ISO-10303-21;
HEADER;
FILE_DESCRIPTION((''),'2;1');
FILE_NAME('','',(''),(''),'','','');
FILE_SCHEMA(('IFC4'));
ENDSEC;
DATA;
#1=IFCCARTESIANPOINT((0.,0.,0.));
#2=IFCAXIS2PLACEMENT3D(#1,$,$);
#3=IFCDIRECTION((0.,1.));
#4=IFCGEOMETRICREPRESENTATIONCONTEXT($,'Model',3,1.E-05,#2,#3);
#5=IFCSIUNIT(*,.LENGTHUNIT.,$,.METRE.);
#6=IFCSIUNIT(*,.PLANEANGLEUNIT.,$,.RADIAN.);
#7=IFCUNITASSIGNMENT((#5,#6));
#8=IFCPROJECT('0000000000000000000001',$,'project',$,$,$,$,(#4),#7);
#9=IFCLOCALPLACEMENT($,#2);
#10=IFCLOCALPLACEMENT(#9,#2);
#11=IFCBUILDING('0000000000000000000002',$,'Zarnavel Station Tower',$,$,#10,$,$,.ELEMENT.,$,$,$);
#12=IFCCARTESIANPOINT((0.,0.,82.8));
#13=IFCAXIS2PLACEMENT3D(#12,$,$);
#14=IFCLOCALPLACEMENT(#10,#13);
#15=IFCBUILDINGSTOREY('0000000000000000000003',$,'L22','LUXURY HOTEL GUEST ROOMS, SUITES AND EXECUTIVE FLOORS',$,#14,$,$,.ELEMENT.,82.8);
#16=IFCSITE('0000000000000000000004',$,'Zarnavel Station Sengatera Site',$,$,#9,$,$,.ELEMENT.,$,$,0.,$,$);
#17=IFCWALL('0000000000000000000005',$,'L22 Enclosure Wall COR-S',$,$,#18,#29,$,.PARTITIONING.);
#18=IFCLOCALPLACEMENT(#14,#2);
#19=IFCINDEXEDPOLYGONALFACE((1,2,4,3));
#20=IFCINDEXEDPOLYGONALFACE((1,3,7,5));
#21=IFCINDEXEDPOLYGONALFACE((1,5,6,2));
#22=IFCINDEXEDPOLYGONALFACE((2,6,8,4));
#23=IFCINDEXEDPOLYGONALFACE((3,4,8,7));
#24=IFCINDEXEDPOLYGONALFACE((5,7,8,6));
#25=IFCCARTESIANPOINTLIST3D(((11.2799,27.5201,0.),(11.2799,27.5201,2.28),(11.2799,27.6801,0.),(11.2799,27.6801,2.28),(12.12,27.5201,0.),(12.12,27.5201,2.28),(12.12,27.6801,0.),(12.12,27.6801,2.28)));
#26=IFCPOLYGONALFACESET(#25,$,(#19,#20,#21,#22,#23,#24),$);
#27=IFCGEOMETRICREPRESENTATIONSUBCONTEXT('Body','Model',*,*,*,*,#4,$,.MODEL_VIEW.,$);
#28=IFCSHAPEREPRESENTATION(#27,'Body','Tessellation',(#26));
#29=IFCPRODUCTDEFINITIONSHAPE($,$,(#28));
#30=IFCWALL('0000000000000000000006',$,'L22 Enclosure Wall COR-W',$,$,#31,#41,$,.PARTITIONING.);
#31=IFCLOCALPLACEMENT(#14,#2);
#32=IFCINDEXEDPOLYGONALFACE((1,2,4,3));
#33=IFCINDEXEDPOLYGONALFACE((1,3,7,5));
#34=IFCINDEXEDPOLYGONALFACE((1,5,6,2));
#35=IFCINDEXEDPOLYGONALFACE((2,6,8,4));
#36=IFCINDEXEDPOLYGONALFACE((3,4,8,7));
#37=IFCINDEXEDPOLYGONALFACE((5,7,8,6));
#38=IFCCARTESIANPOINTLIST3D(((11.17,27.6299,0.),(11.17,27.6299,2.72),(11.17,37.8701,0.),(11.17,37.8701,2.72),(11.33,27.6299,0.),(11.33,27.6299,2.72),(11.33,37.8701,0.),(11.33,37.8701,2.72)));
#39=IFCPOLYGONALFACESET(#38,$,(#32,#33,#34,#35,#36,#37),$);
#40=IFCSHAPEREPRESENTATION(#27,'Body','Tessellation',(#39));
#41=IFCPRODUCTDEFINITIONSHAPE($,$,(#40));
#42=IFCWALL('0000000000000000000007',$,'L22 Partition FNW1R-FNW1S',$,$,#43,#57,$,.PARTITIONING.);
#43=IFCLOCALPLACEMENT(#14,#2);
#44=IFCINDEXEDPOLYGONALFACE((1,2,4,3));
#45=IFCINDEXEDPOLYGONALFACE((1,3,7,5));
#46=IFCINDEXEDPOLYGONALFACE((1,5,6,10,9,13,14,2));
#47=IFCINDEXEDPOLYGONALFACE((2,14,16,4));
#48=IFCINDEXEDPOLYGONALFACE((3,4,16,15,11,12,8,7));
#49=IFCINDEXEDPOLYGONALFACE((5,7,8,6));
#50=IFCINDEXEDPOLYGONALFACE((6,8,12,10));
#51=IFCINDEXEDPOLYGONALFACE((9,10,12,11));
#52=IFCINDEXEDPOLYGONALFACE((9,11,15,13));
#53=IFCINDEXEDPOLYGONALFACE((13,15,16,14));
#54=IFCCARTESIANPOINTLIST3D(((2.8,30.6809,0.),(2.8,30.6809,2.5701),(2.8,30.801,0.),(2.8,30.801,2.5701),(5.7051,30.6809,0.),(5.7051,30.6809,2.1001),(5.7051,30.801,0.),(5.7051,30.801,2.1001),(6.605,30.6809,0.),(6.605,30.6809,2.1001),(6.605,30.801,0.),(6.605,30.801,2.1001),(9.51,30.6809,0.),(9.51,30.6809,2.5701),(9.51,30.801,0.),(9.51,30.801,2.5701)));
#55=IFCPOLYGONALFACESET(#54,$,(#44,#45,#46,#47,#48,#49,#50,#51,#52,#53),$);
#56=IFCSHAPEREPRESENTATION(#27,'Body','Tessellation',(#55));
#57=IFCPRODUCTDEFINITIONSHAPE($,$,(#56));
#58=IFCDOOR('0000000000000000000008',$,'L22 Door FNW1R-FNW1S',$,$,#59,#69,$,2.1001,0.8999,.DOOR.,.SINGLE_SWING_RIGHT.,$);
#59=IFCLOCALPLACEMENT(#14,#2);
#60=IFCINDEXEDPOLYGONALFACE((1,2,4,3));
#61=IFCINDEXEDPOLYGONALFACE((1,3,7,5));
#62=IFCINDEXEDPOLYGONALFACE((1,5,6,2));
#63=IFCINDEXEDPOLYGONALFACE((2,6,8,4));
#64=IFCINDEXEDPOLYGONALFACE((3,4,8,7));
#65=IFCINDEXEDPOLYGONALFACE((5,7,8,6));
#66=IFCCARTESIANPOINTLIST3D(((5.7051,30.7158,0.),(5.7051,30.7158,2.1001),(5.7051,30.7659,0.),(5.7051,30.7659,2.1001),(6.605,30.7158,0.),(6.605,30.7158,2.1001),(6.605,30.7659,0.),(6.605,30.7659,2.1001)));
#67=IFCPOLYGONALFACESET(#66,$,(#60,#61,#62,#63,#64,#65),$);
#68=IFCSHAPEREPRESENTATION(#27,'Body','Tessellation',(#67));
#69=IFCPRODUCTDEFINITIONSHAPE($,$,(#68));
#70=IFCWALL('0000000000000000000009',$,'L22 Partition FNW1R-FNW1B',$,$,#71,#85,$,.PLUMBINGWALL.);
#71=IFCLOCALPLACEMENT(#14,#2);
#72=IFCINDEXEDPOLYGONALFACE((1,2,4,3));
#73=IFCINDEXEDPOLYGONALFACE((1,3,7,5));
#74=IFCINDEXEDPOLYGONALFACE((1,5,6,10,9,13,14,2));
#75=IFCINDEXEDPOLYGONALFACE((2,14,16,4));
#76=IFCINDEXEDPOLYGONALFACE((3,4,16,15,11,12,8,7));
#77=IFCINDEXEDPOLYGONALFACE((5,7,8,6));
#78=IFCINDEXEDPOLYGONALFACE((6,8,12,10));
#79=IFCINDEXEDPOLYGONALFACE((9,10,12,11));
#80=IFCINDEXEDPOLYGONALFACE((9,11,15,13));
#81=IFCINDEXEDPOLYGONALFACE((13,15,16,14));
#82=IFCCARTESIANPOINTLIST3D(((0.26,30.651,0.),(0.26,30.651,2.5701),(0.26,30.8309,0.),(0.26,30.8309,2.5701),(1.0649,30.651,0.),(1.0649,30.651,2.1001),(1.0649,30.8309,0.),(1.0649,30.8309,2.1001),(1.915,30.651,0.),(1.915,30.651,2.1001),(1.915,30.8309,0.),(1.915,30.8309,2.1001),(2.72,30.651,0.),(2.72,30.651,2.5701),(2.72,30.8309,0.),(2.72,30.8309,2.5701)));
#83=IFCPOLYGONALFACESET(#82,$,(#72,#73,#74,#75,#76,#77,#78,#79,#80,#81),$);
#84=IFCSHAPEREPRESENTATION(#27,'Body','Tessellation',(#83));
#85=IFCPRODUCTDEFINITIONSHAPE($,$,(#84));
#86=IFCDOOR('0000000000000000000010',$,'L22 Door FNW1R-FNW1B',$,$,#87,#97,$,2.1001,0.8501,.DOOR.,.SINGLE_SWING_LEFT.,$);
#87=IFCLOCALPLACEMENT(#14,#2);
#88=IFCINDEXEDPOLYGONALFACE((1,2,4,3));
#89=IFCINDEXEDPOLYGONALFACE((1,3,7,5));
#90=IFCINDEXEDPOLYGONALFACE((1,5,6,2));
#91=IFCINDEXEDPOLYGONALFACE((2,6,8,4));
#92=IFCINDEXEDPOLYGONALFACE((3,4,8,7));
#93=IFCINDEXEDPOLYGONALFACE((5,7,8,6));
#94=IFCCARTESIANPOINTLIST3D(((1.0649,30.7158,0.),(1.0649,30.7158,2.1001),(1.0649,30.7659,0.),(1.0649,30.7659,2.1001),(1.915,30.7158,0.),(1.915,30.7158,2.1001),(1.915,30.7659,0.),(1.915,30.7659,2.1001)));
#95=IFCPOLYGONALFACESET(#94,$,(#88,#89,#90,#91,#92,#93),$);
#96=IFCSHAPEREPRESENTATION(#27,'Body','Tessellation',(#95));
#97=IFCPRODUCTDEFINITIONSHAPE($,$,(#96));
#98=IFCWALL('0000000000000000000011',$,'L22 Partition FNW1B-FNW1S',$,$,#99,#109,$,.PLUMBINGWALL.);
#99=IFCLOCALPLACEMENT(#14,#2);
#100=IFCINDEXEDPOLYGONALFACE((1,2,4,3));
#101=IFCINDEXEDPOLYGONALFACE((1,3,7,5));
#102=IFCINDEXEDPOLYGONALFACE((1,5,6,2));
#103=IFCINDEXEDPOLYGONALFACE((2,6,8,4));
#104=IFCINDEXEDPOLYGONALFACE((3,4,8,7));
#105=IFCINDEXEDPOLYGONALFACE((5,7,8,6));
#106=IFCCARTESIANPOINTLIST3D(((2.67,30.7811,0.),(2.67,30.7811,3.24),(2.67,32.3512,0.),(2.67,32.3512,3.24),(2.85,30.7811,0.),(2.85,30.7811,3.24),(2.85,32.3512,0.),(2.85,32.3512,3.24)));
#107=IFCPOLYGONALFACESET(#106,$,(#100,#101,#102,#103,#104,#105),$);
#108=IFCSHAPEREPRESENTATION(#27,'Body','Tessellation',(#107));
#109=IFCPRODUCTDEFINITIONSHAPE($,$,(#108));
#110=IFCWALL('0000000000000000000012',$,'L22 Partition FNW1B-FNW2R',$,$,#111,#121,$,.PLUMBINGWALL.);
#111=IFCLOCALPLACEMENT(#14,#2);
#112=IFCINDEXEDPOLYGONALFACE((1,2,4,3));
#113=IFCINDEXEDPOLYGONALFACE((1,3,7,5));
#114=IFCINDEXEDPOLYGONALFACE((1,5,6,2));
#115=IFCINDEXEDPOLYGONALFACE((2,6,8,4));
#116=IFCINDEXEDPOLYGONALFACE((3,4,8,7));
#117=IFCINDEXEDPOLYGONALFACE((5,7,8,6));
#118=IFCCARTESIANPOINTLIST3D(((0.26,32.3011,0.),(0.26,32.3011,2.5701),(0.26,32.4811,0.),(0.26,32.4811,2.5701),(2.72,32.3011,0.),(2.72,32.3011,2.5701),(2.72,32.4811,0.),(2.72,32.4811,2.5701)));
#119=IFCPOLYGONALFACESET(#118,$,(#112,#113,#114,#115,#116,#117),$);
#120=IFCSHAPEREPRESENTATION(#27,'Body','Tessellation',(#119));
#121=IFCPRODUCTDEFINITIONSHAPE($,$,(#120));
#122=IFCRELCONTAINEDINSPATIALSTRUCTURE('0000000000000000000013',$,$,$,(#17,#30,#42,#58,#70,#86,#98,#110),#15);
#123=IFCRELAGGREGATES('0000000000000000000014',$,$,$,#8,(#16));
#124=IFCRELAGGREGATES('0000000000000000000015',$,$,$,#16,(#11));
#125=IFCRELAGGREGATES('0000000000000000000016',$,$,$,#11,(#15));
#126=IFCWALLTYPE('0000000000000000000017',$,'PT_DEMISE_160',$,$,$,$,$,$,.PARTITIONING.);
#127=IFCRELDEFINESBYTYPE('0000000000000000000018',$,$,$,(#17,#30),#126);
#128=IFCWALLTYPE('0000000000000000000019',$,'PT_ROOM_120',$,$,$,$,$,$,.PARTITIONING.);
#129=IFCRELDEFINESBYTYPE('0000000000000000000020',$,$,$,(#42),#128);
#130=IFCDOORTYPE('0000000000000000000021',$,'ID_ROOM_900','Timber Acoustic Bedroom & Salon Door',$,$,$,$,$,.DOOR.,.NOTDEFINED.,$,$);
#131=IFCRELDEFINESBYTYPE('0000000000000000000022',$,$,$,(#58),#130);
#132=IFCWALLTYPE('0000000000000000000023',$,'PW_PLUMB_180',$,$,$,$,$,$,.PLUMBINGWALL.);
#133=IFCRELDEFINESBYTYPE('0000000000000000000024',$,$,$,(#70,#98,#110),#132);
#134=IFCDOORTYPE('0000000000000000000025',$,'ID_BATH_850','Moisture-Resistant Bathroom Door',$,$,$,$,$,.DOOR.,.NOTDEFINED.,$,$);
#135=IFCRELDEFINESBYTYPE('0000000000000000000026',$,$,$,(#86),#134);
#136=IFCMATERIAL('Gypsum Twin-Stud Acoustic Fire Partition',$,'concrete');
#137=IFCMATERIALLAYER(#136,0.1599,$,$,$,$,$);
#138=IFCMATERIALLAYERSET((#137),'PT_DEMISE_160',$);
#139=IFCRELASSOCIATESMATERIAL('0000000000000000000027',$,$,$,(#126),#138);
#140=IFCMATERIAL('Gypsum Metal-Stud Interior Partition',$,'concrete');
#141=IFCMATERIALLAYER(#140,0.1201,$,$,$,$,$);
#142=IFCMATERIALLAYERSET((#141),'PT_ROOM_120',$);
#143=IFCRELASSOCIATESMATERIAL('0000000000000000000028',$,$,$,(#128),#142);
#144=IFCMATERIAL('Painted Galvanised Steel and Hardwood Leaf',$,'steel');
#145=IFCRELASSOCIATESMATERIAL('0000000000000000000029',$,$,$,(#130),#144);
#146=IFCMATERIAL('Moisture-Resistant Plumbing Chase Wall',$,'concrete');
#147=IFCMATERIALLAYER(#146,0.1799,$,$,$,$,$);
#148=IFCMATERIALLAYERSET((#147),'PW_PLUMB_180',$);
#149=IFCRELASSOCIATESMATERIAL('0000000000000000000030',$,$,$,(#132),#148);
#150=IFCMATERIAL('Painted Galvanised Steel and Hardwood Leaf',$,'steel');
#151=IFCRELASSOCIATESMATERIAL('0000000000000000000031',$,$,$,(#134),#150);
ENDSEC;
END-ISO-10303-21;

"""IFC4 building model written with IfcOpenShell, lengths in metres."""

from ifc_helpers import new_model, si_unit, direction, frame, frame_2d, origin, place, context, subcontext, project, spatial, rectangle, extrude, material, layer, layer_set, type_object, element, fill, save


model = new_model("IFC4")

# Units and contexts
model_context = context("Model", 3, precision=1e-05, world=origin(), true_north=direction((0.0, 1.0)))
body_context = subcontext(model_context, "Body", "Model", "MODEL_VIEW")
ifc_project = project(units=[si_unit("LENGTHUNIT", "METRE"), si_unit("PLANEANGLEUNIT", "RADIAN")], contexts=[model_context])

# Site, building, storey
site_placement = place(None, origin())
site = spatial("IfcSite", under=ifc_project, at=site_placement, Name="Zarnavel Station Sengatera Site", CompositionType="ELEMENT", RefElevation=0.0)
building_placement = place(site_placement, origin())
building = spatial("IfcBuilding", under=site, at=building_placement, Name="Zarnavel Station Tower", CompositionType="ELEMENT")
storey_placement = place(building_placement, frame((0.0, 0.0, 82.8)))
storey = spatial("IfcBuildingStorey", under=building, at=storey_placement, Name="L22", Description="LUXURY HOTEL GUEST ROOMS, SUITES AND EXECUTIVE FLOORS", CompositionType="ELEMENT", Elevation=82.8)

# Shared definitions
ifc_material_1 = material(Name="Gypsum Twin-Stud Acoustic Fire Partition", Category="concrete")
ifc_layer_1 = layer(ifc_material_1, 0.1599)
ifc_layer_set_1 = layer_set([ifc_layer_1], Name="PT_DEMISE_160")
wall_type_1 = type_object("IfcWallType", Name="PT_DEMISE_160", PredefinedType="PARTITIONING", material=ifc_layer_set_1)

# Walls
wall_1_placement = place(storey_placement, frame((11.28, 27.6001, 0.0), z_axis=(0.0, 0.0, 1.0), x_axis=(1.0, 0.0, 0.0)))
element("IfcWall", 1, at=wall_1_placement, inside=storey, type_object=wall_type_1, Name="L22 Enclosure Wall COR-S", PredefinedType="PARTITIONING", context=body_context, shape_type="SweptSolid", body=[
    extrude(rectangle(XDim=0.8401, YDim=0.1599, at=frame_2d((0.4199, 0.0))), origin(), (0.0, 0.0, 1.0), 2.28),
])
wall_2_placement = place(storey_placement, frame((11.25, 27.6299, 0.0), z_axis=(0.0, 0.0, 1.0), x_axis=(0.0, 1.0, 0.0)))
element("IfcWall", 2, at=wall_2_placement, inside=storey, type_object=wall_type_1, Name="L22 Enclosure Wall COR-W", PredefinedType="PARTITIONING", context=body_context, shape_type="SweptSolid", body=[
    extrude(rectangle(XDim=10.2402, YDim=0.1599, at=frame_2d((5.1201, 0.0))), origin(), (0.0, 0.0, 1.0), 2.72),
])

# Walls, openings, doors
ifc_material_2 = material(Name="Gypsum Metal-Stud Interior Partition", Category="concrete")
ifc_layer_2 = layer(ifc_material_2, 0.1201)
ifc_layer_set_2 = layer_set([ifc_layer_2], Name="PT_ROOM_120")
wall_type_2 = type_object("IfcWallType", Name="PT_ROOM_120", PredefinedType="PARTITIONING", material=ifc_layer_set_2)
wall_3_placement = place(storey_placement, frame((2.8, 30.741, 0.0), z_axis=(0.0, 0.0, 1.0), x_axis=(1.0, 0.0, 0.0)))
wall_3 = element("IfcWall", 3, at=wall_3_placement, inside=storey, type_object=wall_type_2, Name="L22 Partition FNW1R-FNW1S", PredefinedType="PARTITIONING", context=body_context, shape_type="SweptSolid", body=[
    extrude(rectangle(XDim=6.71, YDim=0.1201, at=frame_2d((3.355, 0.0))), origin(), (0.0, 0.0, 1.0), 2.5701),
])
opening_1_placement = place(wall_3_placement, frame((2.905, 0.0, 0.0)))
opening_1 = element("IfcOpeningElement", 4, at=opening_1_placement, cuts=wall_3, PredefinedType="OPENING", context=body_context, shape_type="SweptSolid", body=[
    extrude(rectangle(XDim=0.8999, YDim=2.1001, at=frame_2d((0.45, 1.05))), frame((0.0, 0.0701, 0.0), z_axis=(0.0, -1.0, 0.0), x_axis=(1.0, 0.0, 0.0)), (0.0, 0.0, 1.0), 0.1401),
])
ifc_material_3 = material(Name="Painted Galvanised Steel and Hardwood Leaf", Category="steel")
door_type_1 = type_object("IfcDoorType", Name="ID_ROOM_900", Description="Timber Acoustic Bedroom & Salon Door", OperationType="NOTDEFINED", PredefinedType="DOOR", material=ifc_material_3)
door_1_placement = place(opening_1_placement, origin())
door_1 = element("IfcDoor", 5, at=door_1_placement, inside=storey, type_object=door_type_1, Name="L22 Door FNW1R-FNW1S", OperationType="SINGLE_SWING_RIGHT", OverallHeight=2.1001, OverallWidth=0.8999, PredefinedType="DOOR", context=body_context, shape_type="SweptSolid", body=[
    extrude(rectangle(XDim=0.8999, YDim=2.1001, at=frame_2d((0.45, 1.05))), frame((0.0, 0.0249, 0.0), z_axis=(0.0, -1.0, 0.0), x_axis=(1.0, 0.0, 0.0)), (0.0, 0.0, 1.0), 0.05),
])
fill(opening_1, door_1)
ifc_material_4 = material(Name="Moisture-Resistant Plumbing Chase Wall", Category="concrete")
ifc_layer_3 = layer(ifc_material_4, 0.1799)
ifc_layer_set_3 = layer_set([ifc_layer_3], Name="PW_PLUMB_180")
wall_type_3 = type_object("IfcWallType", Name="PW_PLUMB_180", PredefinedType="PLUMBINGWALL", material=ifc_layer_set_3)
wall_4_placement = place(storey_placement, frame((0.26, 30.741, 0.0), z_axis=(0.0, 0.0, 1.0), x_axis=(1.0, 0.0, 0.0)))
wall_4 = element("IfcWall", 6, at=wall_4_placement, inside=storey, type_object=wall_type_3, Name="L22 Partition FNW1R-FNW1B", PredefinedType="PLUMBINGWALL", context=body_context, shape_type="SweptSolid", body=[
    extrude(rectangle(XDim=2.46, YDim=0.1799, at=frame_2d((1.23, 0.0))), origin(), (0.0, 0.0, 1.0), 2.5701),
])
opening_2_placement = place(wall_4_placement, frame((0.8049, 0.0, 0.0)))
opening_2 = element("IfcOpeningElement", 7, at=opening_2_placement, cuts=wall_4, PredefinedType="OPENING", context=body_context, shape_type="SweptSolid", body=[
    extrude(rectangle(XDim=0.8501, YDim=2.1001, at=frame_2d((0.425, 1.05))), frame((0.0, 0.0999, 0.0), z_axis=(0.0, -1.0, 0.0), x_axis=(1.0, 0.0, 0.0)), (0.0, 0.0, 1.0), 0.2),
])
ifc_material_5 = material(Name="Painted Galvanised Steel and Hardwood Leaf", Category="steel")
door_type_2 = type_object("IfcDoorType", Name="ID_BATH_850", Description="Moisture-Resistant Bathroom Door", OperationType="NOTDEFINED", PredefinedType="DOOR", material=ifc_material_5)
door_2_placement = place(opening_2_placement, origin())
door_2 = element("IfcDoor", 8, at=door_2_placement, inside=storey, type_object=door_type_2, Name="L22 Door FNW1R-FNW1B", OperationType="SINGLE_SWING_LEFT", OverallHeight=2.1001, OverallWidth=0.8501, PredefinedType="DOOR", context=body_context, shape_type="SweptSolid", body=[
    extrude(rectangle(XDim=0.8501, YDim=2.1001, at=frame_2d((0.425, 1.05))), frame((0.0, 0.0249, 0.0), z_axis=(0.0, -1.0, 0.0), x_axis=(1.0, 0.0, 0.0)), (0.0, 0.0, 1.0), 0.05),
])
fill(opening_2, door_2)

# Walls
wall_5_placement = place(storey_placement, frame((2.76, 30.781, 0.0), z_axis=(0.0, 0.0, 1.0), x_axis=(0.0, 1.0, 0.0)))
element("IfcWall", 9, at=wall_5_placement, inside=storey, type_object=wall_type_3, Name="L22 Partition FNW1B-FNW1S", PredefinedType="PLUMBINGWALL", context=body_context, shape_type="SweptSolid", body=[
    extrude(rectangle(XDim=1.5701, YDim=0.1799, at=frame_2d((0.7852, 0.0))), origin(), (0.0, 0.0, 1.0), 3.24),
])
wall_6_placement = place(storey_placement, frame((0.26, 32.3911, 0.0), z_axis=(0.0, 0.0, 1.0), x_axis=(1.0, 0.0, 0.0)))
element("IfcWall", 10, at=wall_6_placement, inside=storey, type_object=wall_type_3, Name="L22 Partition FNW1B-FNW2R", PredefinedType="PLUMBINGWALL", context=body_context, shape_type="SweptSolid", body=[
    extrude(rectangle(XDim=2.46, YDim=0.1799, at=frame_2d((1.23, 0.0))), origin(), (0.0, 0.0, 1.0), 2.5701),
])

save(model, "model.ifc")
